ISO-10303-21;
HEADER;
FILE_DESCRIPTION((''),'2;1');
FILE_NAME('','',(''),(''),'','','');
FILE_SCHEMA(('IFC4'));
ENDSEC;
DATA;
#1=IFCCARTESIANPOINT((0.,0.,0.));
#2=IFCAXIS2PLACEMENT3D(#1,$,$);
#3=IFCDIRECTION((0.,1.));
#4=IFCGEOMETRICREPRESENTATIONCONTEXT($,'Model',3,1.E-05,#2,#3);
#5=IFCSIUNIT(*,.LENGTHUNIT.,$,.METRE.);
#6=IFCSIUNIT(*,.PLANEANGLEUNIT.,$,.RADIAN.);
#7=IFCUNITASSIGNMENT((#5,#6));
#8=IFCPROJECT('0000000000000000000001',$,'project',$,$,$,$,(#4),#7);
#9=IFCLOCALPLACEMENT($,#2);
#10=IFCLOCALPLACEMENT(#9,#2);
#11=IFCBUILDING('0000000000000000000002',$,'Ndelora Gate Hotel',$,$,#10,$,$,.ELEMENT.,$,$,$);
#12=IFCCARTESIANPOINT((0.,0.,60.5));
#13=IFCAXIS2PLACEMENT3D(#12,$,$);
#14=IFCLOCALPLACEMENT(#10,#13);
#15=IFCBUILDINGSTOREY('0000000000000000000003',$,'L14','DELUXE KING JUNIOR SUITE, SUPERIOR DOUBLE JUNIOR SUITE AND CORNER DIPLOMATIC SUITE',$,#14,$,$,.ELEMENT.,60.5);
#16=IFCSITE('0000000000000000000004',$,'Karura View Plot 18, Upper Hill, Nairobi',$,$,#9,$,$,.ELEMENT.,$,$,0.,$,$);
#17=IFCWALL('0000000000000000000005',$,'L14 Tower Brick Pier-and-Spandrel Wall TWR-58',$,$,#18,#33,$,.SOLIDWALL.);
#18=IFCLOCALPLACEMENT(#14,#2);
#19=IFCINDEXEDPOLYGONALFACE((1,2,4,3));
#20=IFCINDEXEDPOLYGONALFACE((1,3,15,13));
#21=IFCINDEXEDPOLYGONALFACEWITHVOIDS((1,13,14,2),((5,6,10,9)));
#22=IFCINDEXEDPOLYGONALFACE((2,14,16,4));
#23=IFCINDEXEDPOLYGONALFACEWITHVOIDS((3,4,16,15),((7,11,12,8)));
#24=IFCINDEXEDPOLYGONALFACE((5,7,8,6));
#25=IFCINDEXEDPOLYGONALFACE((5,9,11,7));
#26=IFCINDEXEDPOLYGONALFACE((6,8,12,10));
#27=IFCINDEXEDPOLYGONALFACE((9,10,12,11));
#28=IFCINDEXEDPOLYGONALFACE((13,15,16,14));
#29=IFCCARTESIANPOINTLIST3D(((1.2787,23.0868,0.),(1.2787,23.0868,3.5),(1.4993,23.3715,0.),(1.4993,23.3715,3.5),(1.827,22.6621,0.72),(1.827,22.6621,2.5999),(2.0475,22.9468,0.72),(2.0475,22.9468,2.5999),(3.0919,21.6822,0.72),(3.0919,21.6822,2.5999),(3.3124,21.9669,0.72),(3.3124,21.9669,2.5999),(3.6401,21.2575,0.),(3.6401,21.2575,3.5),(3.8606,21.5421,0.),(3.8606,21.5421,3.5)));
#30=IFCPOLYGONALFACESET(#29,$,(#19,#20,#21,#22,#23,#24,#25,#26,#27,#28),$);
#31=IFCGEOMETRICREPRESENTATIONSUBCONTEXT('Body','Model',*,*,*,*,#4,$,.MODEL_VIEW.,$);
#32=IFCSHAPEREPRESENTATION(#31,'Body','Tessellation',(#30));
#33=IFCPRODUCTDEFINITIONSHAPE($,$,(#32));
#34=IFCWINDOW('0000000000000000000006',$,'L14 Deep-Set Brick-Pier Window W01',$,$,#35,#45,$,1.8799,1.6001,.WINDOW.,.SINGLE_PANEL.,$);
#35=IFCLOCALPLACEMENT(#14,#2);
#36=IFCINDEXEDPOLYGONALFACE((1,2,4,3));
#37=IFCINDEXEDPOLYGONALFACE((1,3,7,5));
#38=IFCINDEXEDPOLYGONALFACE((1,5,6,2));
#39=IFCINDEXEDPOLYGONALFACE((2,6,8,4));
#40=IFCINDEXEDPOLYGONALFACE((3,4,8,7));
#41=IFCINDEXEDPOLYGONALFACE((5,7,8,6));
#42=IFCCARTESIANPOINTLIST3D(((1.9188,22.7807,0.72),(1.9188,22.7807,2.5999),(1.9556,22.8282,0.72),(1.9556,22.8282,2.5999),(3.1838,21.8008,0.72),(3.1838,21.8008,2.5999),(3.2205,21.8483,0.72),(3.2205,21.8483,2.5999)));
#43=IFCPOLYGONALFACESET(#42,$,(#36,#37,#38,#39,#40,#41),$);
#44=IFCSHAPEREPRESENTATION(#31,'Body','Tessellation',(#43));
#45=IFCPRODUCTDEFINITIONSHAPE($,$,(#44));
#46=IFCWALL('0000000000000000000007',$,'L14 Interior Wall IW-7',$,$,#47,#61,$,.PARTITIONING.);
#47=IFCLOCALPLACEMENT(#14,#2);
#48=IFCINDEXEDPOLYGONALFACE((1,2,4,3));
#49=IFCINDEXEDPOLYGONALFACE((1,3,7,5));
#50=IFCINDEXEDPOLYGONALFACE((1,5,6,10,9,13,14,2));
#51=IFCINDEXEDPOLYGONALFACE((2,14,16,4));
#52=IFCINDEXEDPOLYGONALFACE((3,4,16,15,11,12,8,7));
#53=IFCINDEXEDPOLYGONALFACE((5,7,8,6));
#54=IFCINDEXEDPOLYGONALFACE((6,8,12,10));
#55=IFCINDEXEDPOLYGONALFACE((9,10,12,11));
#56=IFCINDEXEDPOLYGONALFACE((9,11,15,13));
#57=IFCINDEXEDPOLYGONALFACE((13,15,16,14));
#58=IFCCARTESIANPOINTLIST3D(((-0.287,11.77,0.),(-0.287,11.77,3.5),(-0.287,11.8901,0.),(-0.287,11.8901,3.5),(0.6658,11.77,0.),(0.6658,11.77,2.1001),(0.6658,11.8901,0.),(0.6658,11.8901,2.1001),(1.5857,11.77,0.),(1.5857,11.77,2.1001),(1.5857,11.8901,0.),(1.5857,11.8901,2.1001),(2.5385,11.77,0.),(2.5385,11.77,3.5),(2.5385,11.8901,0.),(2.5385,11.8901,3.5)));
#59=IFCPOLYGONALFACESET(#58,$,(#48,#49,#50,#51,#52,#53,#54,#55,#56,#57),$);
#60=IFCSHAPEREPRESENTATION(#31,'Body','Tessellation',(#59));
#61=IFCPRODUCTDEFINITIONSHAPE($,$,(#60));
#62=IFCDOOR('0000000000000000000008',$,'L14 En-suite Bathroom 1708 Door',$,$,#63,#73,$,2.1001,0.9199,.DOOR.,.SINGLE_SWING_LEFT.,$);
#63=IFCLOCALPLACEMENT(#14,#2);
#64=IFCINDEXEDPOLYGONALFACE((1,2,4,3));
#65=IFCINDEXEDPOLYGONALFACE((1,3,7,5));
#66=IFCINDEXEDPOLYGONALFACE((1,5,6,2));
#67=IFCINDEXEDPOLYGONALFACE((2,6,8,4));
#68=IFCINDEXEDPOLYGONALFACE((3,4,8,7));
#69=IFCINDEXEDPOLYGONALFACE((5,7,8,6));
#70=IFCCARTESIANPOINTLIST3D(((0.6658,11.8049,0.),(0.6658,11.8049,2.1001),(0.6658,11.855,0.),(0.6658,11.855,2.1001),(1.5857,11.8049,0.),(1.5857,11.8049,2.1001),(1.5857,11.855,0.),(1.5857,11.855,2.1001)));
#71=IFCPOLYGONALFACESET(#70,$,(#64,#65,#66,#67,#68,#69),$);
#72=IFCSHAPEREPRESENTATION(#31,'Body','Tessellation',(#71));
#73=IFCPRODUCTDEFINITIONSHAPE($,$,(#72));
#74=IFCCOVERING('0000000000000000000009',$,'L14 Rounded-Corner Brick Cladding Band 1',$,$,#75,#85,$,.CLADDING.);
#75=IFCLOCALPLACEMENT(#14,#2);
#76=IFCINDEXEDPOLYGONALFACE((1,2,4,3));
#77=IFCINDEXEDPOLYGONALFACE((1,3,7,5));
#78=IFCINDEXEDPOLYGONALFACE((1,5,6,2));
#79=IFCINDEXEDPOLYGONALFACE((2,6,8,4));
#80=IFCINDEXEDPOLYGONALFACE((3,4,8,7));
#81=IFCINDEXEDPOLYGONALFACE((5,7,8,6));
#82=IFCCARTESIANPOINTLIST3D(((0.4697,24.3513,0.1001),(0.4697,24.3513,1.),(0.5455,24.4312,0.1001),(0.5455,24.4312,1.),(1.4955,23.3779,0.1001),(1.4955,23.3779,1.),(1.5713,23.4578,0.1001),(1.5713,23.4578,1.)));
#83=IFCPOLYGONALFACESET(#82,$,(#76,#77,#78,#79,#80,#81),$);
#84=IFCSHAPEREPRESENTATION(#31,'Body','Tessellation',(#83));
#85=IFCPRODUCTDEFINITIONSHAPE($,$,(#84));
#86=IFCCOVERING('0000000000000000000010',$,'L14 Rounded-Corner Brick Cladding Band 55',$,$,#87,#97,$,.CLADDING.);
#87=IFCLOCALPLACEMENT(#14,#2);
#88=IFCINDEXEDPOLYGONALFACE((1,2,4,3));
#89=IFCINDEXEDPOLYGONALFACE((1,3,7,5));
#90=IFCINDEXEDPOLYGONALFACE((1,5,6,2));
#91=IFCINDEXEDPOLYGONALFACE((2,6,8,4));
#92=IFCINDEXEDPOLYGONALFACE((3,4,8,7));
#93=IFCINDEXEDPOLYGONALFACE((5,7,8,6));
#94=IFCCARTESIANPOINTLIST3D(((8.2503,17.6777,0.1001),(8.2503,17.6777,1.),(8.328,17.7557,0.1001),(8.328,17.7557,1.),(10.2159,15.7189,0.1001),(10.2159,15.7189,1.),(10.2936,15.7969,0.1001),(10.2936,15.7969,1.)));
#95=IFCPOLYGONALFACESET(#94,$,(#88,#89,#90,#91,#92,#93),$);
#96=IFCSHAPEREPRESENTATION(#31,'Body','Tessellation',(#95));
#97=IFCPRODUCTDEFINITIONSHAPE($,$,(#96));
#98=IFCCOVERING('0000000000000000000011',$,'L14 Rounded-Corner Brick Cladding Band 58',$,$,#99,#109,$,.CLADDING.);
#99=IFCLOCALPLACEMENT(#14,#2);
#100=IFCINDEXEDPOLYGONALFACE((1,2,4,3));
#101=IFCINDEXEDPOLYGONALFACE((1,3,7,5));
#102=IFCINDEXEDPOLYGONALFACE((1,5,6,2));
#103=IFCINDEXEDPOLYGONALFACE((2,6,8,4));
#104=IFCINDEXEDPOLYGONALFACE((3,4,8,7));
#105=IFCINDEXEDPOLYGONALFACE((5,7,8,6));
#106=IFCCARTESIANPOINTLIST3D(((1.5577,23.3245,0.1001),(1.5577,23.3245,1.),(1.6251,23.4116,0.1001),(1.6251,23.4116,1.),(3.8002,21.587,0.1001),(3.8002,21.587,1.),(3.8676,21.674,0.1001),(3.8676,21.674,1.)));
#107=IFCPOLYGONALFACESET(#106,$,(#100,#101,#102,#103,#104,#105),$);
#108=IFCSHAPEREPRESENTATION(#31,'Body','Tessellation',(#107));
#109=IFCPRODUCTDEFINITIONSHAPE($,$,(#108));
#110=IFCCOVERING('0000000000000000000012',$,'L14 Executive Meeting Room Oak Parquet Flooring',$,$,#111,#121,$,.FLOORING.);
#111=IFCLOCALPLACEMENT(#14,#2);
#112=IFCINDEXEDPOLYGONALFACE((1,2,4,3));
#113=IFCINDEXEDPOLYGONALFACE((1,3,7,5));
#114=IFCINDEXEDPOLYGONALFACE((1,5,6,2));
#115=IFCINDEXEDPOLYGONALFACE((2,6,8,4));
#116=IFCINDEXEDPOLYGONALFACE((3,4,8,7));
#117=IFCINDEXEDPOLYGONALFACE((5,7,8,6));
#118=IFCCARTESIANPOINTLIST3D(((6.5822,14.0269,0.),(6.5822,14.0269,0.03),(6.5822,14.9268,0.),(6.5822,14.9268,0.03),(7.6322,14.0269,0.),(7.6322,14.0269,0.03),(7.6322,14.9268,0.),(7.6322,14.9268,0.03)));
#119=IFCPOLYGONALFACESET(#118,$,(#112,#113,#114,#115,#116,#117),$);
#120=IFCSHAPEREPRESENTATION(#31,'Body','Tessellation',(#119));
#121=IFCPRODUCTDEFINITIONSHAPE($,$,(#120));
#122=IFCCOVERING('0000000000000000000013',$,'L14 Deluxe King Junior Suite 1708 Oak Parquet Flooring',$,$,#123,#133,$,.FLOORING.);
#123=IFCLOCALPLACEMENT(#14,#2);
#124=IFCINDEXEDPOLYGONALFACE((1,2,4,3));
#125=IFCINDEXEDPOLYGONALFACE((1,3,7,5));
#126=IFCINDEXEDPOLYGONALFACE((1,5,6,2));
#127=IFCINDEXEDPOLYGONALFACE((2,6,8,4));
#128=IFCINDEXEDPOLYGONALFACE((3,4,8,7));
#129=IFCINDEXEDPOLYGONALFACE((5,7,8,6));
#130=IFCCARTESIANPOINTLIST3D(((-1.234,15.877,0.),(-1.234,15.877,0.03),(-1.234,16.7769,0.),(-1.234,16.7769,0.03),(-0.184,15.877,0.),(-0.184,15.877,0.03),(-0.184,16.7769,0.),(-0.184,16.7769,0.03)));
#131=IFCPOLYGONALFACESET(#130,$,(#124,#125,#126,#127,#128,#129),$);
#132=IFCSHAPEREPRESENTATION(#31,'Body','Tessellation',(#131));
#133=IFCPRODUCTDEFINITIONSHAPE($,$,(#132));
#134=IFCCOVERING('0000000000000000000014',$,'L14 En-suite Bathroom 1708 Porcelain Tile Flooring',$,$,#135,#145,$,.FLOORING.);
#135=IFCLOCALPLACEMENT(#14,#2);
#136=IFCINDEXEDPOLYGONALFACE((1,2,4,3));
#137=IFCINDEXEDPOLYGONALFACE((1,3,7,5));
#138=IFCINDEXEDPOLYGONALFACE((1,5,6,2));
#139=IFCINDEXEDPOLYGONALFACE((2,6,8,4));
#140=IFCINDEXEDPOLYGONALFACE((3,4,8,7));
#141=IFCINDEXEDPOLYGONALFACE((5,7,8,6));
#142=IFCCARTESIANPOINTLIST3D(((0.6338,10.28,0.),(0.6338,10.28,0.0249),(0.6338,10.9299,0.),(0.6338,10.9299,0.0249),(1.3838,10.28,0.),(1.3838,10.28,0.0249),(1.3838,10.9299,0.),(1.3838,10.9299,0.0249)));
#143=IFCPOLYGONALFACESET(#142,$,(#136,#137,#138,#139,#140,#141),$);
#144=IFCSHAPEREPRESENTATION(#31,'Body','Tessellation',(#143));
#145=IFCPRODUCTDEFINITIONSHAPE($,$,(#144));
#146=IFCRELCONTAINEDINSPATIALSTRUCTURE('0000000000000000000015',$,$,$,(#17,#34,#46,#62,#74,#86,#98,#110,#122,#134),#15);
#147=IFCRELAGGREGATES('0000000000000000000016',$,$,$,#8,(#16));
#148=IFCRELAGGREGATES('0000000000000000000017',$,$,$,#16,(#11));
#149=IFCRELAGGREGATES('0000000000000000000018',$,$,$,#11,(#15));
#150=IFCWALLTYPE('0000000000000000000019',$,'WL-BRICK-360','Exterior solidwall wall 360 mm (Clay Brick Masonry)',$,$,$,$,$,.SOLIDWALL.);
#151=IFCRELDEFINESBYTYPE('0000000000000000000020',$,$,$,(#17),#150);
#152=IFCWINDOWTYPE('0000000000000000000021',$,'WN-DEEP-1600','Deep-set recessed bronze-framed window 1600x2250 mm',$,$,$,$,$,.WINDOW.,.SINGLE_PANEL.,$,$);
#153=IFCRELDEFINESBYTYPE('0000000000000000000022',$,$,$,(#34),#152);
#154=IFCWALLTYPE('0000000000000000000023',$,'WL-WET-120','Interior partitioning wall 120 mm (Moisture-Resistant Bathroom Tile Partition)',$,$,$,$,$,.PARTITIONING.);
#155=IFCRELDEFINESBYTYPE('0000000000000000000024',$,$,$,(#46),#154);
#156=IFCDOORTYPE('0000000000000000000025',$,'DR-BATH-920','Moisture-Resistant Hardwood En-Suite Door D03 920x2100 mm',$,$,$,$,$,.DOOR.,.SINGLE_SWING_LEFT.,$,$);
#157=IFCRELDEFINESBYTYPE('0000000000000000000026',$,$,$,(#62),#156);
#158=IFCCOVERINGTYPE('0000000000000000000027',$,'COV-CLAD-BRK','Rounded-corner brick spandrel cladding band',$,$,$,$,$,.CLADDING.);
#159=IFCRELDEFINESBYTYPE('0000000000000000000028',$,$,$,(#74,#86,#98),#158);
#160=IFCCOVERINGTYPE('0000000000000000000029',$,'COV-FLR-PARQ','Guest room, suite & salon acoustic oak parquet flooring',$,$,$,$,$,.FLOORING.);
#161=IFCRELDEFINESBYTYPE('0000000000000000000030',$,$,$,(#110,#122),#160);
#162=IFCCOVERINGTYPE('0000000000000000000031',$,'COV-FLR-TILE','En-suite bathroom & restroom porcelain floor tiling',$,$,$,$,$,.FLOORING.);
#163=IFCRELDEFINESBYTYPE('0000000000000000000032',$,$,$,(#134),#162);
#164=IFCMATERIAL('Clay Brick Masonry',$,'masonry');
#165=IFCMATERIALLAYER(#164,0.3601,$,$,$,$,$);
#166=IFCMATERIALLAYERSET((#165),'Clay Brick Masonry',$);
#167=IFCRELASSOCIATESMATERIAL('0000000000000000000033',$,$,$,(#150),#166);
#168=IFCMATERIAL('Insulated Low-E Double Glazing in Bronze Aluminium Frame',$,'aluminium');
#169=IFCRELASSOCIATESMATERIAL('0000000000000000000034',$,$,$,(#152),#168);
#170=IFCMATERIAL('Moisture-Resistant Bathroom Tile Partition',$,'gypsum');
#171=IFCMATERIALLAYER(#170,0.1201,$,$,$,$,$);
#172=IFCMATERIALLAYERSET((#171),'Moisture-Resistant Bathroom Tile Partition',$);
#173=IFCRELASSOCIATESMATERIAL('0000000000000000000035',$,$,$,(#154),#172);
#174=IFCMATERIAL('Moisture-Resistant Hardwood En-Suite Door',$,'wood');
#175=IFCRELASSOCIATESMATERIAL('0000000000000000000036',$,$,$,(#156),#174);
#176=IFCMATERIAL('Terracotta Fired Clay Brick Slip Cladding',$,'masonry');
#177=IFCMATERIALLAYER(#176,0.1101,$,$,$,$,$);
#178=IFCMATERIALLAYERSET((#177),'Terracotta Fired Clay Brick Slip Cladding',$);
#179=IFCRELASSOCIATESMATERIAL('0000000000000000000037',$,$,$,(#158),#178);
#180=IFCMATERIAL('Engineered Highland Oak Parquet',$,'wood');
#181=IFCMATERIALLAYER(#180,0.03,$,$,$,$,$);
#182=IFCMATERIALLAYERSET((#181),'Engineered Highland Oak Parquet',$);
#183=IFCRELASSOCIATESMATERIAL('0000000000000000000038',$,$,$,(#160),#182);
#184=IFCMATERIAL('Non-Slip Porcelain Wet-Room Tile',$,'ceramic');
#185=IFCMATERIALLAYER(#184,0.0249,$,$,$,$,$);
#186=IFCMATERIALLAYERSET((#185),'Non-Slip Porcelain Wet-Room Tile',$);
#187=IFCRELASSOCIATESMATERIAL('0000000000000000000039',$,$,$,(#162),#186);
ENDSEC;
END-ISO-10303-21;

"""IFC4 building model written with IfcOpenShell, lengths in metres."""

from ifc_helpers import new_model, si_unit, direction, frame, frame_2d, origin, origin_2d, place, context, subcontext, project, spatial, rectangle, extrude, material, layer, layer_set, type_object, element, fill, save


model = new_model("IFC4")

# Units and contexts
model_context = context("Model", 3, precision=1e-05, world=origin(), true_north=direction((0.0, 1.0)))
body_context = subcontext(model_context, "Body", "Model", "MODEL_VIEW")
ifc_project = project(units=[si_unit("LENGTHUNIT", "METRE"), si_unit("PLANEANGLEUNIT", "RADIAN")], contexts=[model_context])

# Site, building, storey
site_placement = place(None, origin())
site = spatial("IfcSite", under=ifc_project, at=site_placement, Name="Karura View Plot 18, Upper Hill, Nairobi", CompositionType="ELEMENT", RefElevation=0.0)
building_placement = place(site_placement, origin())
building = spatial("IfcBuilding", under=site, at=building_placement, Name="Ndelora Gate Hotel", CompositionType="ELEMENT")
storey_placement = place(building_placement, frame((0.0, 0.0, 60.5)))
storey = spatial("IfcBuildingStorey", under=building, at=storey_placement, Name="L14", Description="DELUXE KING JUNIOR SUITE, SUPERIOR DOUBLE JUNIOR SUITE AND CORNER DIPLOMATIC SUITE", CompositionType="ELEMENT", Elevation=60.5)

# Shared definitions
ifc_material_1 = material(Name="Clay Brick Masonry", Category="masonry")
ifc_layer_1 = layer(ifc_material_1, 0.3601)
ifc_layer_set_1 = layer_set([ifc_layer_1], Name="Clay Brick Masonry")
wall_type_1 = type_object("IfcWallType", Name="WL-BRICK-360", Description="Exterior solidwall wall 360 mm (Clay Brick Masonry)", PredefinedType="SOLIDWALL", material=ifc_layer_set_1)

# Shared definitions
ifc_material_2 = material(Name="Insulated Low-E Double Glazing in Bronze Aluminium Frame", Category="aluminium")
window_type_1 = type_object("IfcWindowType", Name="WN-DEEP-1600", Description="Deep-set recessed bronze-framed window 1600x2250 mm", PartitioningType="SINGLE_PANEL", PredefinedType="WINDOW", material=ifc_material_2)

# Wall, opening, window
wall_1_placement = place(storey_placement, frame((1.3889, 23.2292, 0.0), z_axis=(0.0, 0.0, 1.0), x_axis=(0.790526, -0.612429, 0.0)))
wall_1 = element("IfcWall", 1, at=wall_1_placement, inside=storey, type_object=wall_type_1, Name="L14 Tower Brick Pier-and-Spandrel Wall TWR-58", PredefinedType="SOLIDWALL", context=body_context, shape_type="SweptSolid", body=[
    extrude(rectangle(XDim=2.9871, YDim=0.3601, at=frame_2d((1.4937, 0.0))), origin(), (0.0, 0.0, 1.0), 3.5),
])
opening_1_placement = place(wall_1_placement, frame((0.6936, 0.0, 0.72)))
opening_1 = element("IfcOpeningElement", 2, at=opening_1_placement, cuts=wall_1, PredefinedType="OPENING", context=body_context, shape_type="SweptSolid", body=[
    extrude(rectangle(XDim=1.6001, YDim=1.8799, at=frame_2d((0.8, 0.9399))), frame((0.0, 0.1899, 0.0), z_axis=(0.0, -1.0, 0.0), x_axis=(1.0, 0.0, 0.0)), (0.0, 0.0, 1.0), 0.3801),
])
window_1_placement = place(opening_1_placement, origin())
window_1 = element("IfcWindow", 3, at=window_1_placement, inside=storey, type_object=window_type_1, Name="L14 Deep-Set Brick-Pier Window W01", OverallHeight=1.8799, OverallWidth=1.6001, PartitioningType="SINGLE_PANEL", PredefinedType="WINDOW", context=body_context, shape_type="SweptSolid", body=[
    extrude(rectangle(XDim=1.6001, YDim=1.8799, at=frame_2d((0.8, 0.9399))), frame((0.0, 0.03, 0.0), z_axis=(0.0, -1.0, 0.0), x_axis=(1.0, 0.0, 0.0)), (0.0, 0.0, 1.0), 0.0601),
])
fill(opening_1, window_1)

# Wall, opening, door
ifc_material_3 = material(Name="Moisture-Resistant Bathroom Tile Partition", Category="gypsum")
ifc_layer_2 = layer(ifc_material_3, 0.1201)
ifc_layer_set_2 = layer_set([ifc_layer_2], Name="Moisture-Resistant Bathroom Tile Partition")
wall_type_2 = type_object("IfcWallType", Name="WL-WET-120", Description="Interior partitioning wall 120 mm (Moisture-Resistant Bathroom Tile Partition)", PredefinedType="PARTITIONING", material=ifc_layer_set_2)
wall_2_placement = place(storey_placement, frame((-0.2869, 11.8301, 0.0), z_axis=(0.0, 0.0, 1.0), x_axis=(1.0, 0.0, 0.0)))
wall_2 = element("IfcWall", 4, at=wall_2_placement, inside=storey, type_object=wall_type_2, Name="L14 Interior Wall IW-7", PredefinedType="PARTITIONING", context=body_context, shape_type="SweptSolid", body=[
    extrude(rectangle(XDim=2.8254, YDim=0.1201, at=frame_2d((1.4126, 0.0))), origin(), (0.0, 0.0, 1.0), 3.5),
])
opening_2_placement = place(wall_2_placement, frame((0.9526, 0.0, 0.0)))
opening_2 = element("IfcOpeningElement", 5, at=opening_2_placement, cuts=wall_2, PredefinedType="OPENING", context=body_context, shape_type="SweptSolid", body=[
    extrude(rectangle(XDim=0.9199, YDim=2.1001, at=frame_2d((0.46, 1.05))), frame((0.0, 0.0701, 0.0), z_axis=(0.0, -1.0, 0.0), x_axis=(1.0, 0.0, 0.0)), (0.0, 0.0, 1.0), 0.1401),
])
ifc_material_4 = material(Name="Moisture-Resistant Hardwood En-Suite Door", Category="wood")
door_type = type_object("IfcDoorType", Name="DR-BATH-920", Description="Moisture-Resistant Hardwood En-Suite Door D03 920x2100 mm", OperationType="SINGLE_SWING_LEFT", PredefinedType="DOOR", material=ifc_material_4)
door_placement = place(opening_2_placement, origin())
door = element("IfcDoor", 6, at=door_placement, inside=storey, type_object=door_type, Name="L14 En-suite Bathroom 1708 Door", OperationType="SINGLE_SWING_LEFT", OverallHeight=2.1001, OverallWidth=0.9199, PredefinedType="DOOR", context=body_context, shape_type="SweptSolid", body=[
    extrude(rectangle(XDim=0.9199, YDim=2.1001, at=frame_2d((0.46, 1.05))), frame((0.0, 0.0249, 0.0), z_axis=(0.0, -1.0, 0.0), x_axis=(1.0, 0.0, 0.0)), (0.0, 0.0, 1.0), 0.05),
])
fill(opening_2, door)

# Coverings
ifc_material_5 = material(Name="Terracotta Fired Clay Brick Slip Cladding", Category="masonry")
ifc_layer_3 = layer(ifc_material_5, 0.1101)
ifc_layer_set_3 = layer_set([ifc_layer_3], Name="Terracotta Fired Clay Brick Slip Cladding")
covering_type_1 = type_object("IfcCoveringType", Name="COV-CLAD-BRK", Description="Rounded-corner brick spandrel cladding band", PredefinedType="CLADDING", material=ifc_layer_set_3)
covering_1_placement = place(storey_placement, frame((1.0205, 23.9045, 0.1001), z_axis=(0.0, 0.0, 1.0), x_axis=(-0.725374, 0.688355, 0.0)))
element("IfcCovering", 7, at=covering_1_placement, inside=storey, type_object=covering_type_1, Name="L14 Rounded-Corner Brick Cladding Band 1", PredefinedType="CLADDING", context=body_context, shape_type="SweptSolid", body=[
    extrude(rectangle(XDim=1.4141, YDim=0.1101, at=origin_2d()), origin(), (0.0, 0.0, 1.0), 0.8999),
])
covering_2_placement = place(storey_placement, frame((9.272, 16.7373, 0.1001), z_axis=(0.0, 0.0, 1.0), x_axis=(-0.70834, 0.705872, 0.0)))
element("IfcCovering", 8, at=covering_2_placement, inside=storey, type_object=covering_type_1, Name="L14 Rounded-Corner Brick Cladding Band 55", PredefinedType="CLADDING", context=body_context, shape_type="SweptSolid", body=[
    extrude(rectangle(XDim=2.7749, YDim=0.1101, at=origin_2d()), origin(), (0.0, 0.0, 1.0), 0.8999),
])
covering_3_placement = place(storey_placement, frame((2.7126, 22.4993, 0.1001), z_axis=(0.0, 0.0, 1.0), x_axis=(-0.790476, 0.612493, 0.0)))
element("IfcCovering", 9, at=covering_3_placement, inside=storey, type_object=covering_type_1, Name="L14 Rounded-Corner Brick Cladding Band 58", PredefinedType="CLADDING", context=body_context, shape_type="SweptSolid", body=[
    extrude(rectangle(XDim=2.8369, YDim=0.1101, at=origin_2d()), origin(), (0.0, 0.0, 1.0), 0.8999),
])
ifc_material_6 = material(Name="Engineered Highland Oak Parquet", Category="wood")
ifc_layer_4 = layer(ifc_material_6, 0.03)
ifc_layer_set_4 = layer_set([ifc_layer_4], Name="Engineered Highland Oak Parquet")
covering_type_2 = type_object("IfcCoveringType", Name="COV-FLR-PARQ", Description="Guest room, suite & salon acoustic oak parquet flooring", PredefinedType="FLOORING", material=ifc_layer_set_4)
for number, where, z_axis, x_axis, name in (
    (10, (7.1072, 14.4768, 0.0), (0.0, 0.0, 1.0), (1.0, 0.0, 0.0), "L14 Executive Meeting Room Oak Parquet Flooring"),
    (11, (-0.709, 16.3269, 0.0), (0.0, 0.0, 1.0), (1.0, 0.0, 0.0), "L14 Deluxe King Junior Suite 1708 Oak Parquet Flooring"),
):
    element("IfcCovering", number, at=place(storey_placement, frame(where, z_axis=z_axis, x_axis=x_axis)), inside=storey, type_object=covering_type_2, Name=name, PredefinedType="FLOORING", context=body_context, shape_type="SweptSolid", body=[
        extrude(rectangle(XDim=1.05, YDim=0.8999, at=origin_2d()), origin(), (0.0, 0.0, 1.0), 0.03),
    ])
ifc_material_7 = material(Name="Non-Slip Porcelain Wet-Room Tile", Category="ceramic")
ifc_layer_5 = layer(ifc_material_7, 0.0249)
ifc_layer_set_5 = layer_set([ifc_layer_5], Name="Non-Slip Porcelain Wet-Room Tile")
covering_type_3 = type_object("IfcCoveringType", Name="COV-FLR-TILE", Description="En-suite bathroom & restroom porcelain floor tiling", PredefinedType="FLOORING", material=ifc_layer_set_5)
covering_4_placement = place(storey_placement, frame((1.0088, 10.605, 0.0), z_axis=(0.0, 0.0, 1.0), x_axis=(1.0, 0.0, 0.0)))
element("IfcCovering", 12, at=covering_4_placement, inside=storey, type_object=covering_type_3, Name="L14 En-suite Bathroom 1708 Porcelain Tile Flooring", PredefinedType="FLOORING", context=body_context, shape_type="SweptSolid", body=[
    extrude(rectangle(XDim=0.75, YDim=0.6499, at=origin_2d()), origin(), (0.0, 0.0, 1.0), 0.0249),
])

save(model, "model.ifc")
